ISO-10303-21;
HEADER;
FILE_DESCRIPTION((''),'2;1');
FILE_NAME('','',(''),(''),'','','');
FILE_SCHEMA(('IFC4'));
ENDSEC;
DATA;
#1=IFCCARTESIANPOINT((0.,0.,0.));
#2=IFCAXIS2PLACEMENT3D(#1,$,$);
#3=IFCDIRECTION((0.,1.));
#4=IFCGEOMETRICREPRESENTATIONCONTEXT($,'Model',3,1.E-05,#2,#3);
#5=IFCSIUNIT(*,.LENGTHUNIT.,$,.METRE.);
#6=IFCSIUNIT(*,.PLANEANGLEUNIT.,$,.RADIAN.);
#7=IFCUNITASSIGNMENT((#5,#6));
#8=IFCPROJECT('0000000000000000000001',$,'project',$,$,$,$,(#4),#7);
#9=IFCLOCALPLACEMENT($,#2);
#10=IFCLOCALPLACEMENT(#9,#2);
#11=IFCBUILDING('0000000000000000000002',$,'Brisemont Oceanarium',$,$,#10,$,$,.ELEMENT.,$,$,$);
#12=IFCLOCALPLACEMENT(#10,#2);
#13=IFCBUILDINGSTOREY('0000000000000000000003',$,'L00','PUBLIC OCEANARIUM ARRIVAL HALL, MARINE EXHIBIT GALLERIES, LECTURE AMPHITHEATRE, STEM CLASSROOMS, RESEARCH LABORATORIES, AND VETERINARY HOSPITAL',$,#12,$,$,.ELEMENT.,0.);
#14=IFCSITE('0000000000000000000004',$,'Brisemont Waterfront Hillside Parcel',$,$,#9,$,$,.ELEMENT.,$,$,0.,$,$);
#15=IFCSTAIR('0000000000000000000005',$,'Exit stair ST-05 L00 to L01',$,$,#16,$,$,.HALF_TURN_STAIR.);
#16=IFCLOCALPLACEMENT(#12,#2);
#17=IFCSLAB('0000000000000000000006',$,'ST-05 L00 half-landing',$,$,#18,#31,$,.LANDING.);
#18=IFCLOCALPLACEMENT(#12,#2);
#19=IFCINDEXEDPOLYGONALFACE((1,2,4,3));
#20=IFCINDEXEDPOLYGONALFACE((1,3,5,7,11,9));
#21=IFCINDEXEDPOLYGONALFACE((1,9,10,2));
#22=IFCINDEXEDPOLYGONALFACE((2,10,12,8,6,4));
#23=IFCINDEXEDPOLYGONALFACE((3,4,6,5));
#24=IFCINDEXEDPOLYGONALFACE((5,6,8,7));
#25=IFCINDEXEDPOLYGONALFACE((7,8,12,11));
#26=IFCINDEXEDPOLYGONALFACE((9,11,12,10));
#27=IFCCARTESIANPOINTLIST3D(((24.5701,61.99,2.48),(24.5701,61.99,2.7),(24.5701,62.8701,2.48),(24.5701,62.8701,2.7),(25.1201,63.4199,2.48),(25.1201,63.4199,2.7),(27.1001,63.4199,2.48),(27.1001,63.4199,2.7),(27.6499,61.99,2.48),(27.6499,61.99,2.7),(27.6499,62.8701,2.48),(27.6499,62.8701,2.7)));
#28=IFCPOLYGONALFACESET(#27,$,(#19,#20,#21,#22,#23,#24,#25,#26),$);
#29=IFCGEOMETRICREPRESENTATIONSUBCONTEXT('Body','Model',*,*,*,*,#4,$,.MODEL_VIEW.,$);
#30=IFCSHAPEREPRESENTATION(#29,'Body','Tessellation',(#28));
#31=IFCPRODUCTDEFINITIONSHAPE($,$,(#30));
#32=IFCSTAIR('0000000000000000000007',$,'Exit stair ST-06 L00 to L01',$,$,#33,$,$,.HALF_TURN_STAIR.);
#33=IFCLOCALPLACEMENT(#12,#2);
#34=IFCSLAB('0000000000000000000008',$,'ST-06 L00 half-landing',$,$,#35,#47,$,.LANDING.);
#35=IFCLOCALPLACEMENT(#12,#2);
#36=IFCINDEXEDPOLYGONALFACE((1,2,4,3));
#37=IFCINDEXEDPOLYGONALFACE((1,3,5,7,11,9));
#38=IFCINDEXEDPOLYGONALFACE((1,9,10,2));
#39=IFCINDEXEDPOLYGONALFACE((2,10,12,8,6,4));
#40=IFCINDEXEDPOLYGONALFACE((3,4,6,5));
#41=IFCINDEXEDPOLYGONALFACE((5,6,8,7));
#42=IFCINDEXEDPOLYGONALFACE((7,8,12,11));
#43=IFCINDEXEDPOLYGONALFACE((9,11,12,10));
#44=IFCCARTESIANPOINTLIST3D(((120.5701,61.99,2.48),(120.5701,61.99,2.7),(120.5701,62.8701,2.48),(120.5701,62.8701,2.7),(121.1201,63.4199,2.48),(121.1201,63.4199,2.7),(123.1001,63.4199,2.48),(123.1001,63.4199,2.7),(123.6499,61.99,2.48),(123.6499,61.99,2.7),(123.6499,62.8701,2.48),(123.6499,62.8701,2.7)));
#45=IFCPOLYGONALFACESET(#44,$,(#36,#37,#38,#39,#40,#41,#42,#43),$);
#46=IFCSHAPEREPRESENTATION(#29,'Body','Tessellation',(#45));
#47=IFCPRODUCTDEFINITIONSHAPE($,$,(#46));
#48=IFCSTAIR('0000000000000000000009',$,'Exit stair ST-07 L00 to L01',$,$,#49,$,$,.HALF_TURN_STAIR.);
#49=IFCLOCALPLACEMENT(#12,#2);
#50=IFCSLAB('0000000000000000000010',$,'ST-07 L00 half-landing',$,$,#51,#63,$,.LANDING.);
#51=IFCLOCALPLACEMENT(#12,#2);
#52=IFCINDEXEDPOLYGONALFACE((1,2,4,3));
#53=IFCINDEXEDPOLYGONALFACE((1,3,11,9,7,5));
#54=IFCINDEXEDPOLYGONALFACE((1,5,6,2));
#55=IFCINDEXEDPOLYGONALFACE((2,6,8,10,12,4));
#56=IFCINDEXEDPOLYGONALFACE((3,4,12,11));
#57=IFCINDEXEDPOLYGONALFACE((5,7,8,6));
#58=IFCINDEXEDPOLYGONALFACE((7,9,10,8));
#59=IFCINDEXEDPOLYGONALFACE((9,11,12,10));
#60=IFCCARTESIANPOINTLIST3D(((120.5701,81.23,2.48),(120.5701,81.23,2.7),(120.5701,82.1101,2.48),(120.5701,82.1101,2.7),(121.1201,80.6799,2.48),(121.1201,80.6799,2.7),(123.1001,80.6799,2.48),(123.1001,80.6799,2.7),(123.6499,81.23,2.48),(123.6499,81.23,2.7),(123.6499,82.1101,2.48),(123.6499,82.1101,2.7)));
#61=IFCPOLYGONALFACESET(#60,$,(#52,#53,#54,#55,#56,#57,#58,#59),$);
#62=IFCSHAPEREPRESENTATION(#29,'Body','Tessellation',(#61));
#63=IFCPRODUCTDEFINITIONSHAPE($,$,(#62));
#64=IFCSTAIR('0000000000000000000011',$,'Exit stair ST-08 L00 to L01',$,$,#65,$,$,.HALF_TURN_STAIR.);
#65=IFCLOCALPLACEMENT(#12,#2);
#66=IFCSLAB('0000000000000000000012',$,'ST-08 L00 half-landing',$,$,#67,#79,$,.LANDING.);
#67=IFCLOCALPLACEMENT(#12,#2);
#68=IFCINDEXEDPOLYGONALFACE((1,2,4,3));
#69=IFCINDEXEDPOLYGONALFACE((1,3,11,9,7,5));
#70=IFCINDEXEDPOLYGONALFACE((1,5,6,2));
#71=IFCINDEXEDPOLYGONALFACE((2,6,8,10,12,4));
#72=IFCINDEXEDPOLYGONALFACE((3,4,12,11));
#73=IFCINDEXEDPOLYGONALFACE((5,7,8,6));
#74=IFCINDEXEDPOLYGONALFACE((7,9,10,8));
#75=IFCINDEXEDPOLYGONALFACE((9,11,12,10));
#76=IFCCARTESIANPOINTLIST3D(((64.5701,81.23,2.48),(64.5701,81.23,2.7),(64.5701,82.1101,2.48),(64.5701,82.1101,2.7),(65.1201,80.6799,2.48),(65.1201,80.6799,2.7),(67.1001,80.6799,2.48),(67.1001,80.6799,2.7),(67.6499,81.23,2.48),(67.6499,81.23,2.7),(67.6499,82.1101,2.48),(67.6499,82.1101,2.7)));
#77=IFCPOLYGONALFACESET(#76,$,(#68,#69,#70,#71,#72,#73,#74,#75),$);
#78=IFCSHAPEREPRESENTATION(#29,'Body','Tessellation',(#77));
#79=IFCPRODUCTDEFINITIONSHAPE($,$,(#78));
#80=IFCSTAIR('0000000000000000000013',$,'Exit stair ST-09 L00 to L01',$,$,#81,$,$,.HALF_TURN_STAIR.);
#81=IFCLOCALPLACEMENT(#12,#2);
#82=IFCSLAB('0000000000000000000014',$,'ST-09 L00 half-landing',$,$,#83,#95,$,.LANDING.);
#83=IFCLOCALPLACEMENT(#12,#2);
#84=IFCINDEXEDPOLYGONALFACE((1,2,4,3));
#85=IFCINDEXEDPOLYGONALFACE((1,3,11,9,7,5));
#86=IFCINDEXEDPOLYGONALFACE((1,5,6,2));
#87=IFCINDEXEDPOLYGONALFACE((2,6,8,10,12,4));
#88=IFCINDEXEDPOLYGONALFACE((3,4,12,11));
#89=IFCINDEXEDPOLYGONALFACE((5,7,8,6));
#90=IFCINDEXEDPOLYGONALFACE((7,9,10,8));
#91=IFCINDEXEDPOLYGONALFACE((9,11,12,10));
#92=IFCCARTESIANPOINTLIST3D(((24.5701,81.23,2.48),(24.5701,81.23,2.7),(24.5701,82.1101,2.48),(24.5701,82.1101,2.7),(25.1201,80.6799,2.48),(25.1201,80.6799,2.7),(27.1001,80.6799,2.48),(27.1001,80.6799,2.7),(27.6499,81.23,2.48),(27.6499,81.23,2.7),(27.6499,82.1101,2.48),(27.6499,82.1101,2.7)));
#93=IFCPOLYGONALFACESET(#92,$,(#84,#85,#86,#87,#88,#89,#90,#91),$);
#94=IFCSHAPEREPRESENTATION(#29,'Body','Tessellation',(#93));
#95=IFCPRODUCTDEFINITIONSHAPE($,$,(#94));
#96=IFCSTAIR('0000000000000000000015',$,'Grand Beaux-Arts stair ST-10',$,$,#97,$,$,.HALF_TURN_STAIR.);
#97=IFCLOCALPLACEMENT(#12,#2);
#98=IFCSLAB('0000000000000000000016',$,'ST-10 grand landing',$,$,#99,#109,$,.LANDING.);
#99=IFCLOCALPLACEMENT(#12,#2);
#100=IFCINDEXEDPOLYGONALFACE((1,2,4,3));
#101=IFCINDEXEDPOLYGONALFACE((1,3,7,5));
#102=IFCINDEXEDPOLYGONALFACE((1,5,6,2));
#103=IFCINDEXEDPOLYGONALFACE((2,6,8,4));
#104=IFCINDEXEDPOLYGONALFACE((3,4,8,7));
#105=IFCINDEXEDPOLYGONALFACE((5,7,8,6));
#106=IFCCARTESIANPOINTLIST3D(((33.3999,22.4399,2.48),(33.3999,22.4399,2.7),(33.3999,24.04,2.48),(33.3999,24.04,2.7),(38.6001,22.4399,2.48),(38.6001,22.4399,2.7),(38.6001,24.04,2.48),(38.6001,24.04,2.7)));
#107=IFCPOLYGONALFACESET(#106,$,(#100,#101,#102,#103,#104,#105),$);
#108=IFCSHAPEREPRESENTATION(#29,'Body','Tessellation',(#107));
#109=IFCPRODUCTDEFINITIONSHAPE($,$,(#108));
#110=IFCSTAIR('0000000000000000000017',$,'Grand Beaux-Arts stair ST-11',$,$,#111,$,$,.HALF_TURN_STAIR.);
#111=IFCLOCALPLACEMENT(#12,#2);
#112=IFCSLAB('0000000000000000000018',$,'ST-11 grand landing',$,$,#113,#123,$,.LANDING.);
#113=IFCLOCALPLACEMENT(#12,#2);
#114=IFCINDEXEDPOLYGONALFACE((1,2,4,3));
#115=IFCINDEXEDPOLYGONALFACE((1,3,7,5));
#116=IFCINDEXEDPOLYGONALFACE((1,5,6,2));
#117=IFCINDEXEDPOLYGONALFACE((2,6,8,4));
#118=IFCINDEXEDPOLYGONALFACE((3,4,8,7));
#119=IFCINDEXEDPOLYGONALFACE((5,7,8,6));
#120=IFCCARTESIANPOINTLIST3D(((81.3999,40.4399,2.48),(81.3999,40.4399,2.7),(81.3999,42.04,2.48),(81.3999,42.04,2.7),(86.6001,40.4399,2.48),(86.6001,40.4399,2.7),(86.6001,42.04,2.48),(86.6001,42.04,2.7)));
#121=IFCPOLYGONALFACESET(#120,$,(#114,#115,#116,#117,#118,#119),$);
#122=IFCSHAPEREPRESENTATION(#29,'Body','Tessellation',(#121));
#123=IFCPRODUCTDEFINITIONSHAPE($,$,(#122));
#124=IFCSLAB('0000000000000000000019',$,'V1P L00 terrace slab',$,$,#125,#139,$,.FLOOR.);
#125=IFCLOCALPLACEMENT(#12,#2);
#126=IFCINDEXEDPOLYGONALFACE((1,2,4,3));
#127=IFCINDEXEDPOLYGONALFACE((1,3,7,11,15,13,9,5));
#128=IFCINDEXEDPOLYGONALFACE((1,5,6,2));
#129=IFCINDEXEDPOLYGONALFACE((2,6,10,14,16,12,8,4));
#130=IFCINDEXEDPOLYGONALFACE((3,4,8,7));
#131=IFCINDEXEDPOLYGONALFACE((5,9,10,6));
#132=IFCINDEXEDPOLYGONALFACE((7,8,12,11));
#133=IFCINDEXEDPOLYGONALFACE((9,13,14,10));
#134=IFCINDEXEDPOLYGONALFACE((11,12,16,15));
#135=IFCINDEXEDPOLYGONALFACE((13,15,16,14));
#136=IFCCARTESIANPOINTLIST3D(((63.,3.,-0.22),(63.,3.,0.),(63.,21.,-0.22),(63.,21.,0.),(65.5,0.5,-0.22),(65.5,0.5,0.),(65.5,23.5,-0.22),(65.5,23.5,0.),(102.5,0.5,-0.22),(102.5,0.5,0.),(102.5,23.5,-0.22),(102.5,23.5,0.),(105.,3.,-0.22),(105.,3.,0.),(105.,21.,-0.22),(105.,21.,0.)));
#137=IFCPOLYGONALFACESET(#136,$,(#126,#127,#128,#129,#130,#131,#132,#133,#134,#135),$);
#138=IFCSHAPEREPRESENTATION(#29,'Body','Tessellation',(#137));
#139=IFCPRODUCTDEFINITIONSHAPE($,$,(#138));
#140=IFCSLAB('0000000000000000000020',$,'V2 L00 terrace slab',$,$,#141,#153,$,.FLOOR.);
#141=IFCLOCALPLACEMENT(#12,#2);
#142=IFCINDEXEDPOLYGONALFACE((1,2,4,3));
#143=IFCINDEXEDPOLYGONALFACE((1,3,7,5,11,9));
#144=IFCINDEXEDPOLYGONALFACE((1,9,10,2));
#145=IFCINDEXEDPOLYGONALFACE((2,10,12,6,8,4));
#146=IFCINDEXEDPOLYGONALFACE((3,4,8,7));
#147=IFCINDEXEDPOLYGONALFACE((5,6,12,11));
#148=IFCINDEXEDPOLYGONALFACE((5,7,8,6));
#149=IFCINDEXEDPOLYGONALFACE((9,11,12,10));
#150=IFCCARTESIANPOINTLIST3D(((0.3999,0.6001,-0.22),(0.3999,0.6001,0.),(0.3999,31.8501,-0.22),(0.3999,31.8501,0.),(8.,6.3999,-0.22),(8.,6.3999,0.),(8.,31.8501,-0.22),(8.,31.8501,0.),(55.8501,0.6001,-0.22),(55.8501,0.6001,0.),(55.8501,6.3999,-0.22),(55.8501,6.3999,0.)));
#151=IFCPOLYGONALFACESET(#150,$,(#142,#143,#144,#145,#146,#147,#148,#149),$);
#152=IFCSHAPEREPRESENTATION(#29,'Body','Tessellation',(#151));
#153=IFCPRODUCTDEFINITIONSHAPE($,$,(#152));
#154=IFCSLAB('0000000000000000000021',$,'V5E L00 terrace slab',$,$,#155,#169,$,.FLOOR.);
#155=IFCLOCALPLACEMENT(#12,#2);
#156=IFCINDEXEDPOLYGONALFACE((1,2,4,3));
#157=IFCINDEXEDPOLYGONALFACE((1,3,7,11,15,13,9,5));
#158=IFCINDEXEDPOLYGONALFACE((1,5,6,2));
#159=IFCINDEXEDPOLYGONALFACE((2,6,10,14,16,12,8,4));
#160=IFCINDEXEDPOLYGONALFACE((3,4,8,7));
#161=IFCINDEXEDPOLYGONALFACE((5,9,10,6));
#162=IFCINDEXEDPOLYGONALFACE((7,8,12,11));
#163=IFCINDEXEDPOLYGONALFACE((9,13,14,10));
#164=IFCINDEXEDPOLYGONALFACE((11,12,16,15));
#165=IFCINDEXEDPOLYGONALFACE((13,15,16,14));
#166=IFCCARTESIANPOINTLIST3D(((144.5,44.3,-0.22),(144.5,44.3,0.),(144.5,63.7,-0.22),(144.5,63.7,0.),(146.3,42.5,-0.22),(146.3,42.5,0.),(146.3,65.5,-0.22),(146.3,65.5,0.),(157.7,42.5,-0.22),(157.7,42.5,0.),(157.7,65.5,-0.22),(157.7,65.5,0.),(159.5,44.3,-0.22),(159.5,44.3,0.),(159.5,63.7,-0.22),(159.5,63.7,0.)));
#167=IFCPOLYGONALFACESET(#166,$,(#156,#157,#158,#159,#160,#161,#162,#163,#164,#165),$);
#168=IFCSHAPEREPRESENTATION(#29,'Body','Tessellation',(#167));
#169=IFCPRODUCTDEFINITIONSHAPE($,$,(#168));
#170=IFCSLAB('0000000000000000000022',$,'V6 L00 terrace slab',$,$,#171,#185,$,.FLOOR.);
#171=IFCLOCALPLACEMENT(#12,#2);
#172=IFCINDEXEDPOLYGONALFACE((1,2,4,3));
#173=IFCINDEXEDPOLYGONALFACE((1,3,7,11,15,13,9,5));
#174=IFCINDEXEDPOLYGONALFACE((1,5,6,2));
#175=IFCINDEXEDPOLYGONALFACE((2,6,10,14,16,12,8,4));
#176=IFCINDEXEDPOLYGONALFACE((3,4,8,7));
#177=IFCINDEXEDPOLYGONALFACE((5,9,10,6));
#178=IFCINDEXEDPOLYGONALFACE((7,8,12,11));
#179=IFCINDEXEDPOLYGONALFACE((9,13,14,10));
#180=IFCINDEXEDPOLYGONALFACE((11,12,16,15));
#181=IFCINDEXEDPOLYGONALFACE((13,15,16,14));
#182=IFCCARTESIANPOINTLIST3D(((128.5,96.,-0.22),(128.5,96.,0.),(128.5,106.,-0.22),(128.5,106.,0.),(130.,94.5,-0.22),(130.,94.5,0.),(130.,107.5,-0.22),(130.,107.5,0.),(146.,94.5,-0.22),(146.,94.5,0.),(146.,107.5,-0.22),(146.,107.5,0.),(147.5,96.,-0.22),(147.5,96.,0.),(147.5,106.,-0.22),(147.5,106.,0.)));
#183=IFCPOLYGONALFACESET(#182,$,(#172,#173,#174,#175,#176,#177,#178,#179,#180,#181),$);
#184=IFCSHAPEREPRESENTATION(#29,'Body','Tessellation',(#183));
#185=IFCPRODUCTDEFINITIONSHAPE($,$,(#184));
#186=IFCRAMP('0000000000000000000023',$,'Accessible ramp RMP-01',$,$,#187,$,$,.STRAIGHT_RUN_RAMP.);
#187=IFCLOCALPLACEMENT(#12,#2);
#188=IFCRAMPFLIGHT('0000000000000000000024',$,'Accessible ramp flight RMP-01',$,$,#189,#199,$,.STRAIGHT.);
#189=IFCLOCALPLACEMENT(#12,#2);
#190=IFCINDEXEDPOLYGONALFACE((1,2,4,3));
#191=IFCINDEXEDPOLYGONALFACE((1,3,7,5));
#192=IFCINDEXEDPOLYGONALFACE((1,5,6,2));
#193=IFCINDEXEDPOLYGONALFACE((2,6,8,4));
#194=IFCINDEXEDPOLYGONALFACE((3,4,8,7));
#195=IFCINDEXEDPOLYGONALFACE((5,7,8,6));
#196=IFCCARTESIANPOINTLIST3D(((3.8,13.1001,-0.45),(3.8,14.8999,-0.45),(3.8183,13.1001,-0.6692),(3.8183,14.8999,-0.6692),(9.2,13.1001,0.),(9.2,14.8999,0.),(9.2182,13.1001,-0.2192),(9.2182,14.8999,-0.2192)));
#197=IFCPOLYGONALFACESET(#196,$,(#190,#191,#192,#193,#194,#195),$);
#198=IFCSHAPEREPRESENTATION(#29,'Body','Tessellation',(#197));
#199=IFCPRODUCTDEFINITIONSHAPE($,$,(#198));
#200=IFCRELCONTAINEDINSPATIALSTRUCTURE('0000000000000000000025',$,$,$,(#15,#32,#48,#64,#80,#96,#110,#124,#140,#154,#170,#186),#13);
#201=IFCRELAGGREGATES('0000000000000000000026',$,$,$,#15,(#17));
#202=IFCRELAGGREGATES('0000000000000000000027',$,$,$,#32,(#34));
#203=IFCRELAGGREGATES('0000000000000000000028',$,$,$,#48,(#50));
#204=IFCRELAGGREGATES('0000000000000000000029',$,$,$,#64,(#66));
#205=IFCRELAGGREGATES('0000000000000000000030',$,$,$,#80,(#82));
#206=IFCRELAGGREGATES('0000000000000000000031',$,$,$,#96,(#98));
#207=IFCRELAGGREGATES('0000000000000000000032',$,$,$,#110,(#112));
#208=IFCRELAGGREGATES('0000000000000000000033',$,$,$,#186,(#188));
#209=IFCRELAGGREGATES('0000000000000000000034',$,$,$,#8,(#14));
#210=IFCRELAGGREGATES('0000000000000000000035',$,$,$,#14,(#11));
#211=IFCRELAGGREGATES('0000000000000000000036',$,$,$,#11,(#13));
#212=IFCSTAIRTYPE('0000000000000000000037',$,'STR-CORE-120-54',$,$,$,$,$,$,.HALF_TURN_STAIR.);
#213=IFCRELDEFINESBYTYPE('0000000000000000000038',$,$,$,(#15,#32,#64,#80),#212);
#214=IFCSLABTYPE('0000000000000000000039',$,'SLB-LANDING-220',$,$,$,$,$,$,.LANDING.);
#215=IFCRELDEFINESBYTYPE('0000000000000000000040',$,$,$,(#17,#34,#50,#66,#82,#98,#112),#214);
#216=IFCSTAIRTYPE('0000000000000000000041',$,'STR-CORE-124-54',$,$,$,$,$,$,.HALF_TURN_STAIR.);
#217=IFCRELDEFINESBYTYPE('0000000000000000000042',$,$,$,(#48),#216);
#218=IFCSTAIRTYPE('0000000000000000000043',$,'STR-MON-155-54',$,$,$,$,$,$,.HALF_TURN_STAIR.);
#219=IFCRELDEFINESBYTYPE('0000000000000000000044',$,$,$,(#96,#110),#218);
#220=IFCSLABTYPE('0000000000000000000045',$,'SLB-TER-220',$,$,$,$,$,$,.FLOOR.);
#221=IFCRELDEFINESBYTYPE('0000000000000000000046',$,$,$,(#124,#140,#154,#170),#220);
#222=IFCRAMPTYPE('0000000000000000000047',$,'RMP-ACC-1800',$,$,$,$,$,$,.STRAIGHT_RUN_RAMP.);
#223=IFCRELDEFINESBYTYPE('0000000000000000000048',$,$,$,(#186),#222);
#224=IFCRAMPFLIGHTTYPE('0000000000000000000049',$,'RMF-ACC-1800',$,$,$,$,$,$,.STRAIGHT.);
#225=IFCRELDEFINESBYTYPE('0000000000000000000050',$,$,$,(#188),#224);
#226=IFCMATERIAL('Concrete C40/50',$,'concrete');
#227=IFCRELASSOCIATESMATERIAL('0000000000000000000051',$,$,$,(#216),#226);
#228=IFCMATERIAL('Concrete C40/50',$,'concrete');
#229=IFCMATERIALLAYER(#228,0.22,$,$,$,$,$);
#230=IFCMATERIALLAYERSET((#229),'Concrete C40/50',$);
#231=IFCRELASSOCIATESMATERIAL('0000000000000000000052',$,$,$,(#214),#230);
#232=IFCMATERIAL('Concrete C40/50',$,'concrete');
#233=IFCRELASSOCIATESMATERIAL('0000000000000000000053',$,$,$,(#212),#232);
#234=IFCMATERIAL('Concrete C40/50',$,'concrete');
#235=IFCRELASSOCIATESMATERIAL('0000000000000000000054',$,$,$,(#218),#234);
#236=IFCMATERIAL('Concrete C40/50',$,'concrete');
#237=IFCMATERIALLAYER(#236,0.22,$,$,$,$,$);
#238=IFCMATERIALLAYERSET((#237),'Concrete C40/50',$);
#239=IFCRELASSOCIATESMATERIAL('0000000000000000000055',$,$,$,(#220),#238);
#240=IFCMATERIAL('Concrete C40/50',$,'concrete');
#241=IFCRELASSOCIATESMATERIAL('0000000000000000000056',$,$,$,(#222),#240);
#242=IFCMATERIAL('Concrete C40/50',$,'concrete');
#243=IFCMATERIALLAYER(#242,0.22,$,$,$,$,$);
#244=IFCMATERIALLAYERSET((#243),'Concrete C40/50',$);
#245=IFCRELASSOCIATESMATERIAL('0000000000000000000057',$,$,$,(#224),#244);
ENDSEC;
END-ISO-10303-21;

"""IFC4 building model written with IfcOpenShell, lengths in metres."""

from ifc_helpers import new_model, si_unit, direction, frame, origin, place, context, subcontext, project, spatial, polyline, outline, extrude, material, layer, layer_set, type_object, element, aggregate, save


model = new_model("IFC4")

# Units and contexts
model_context = context("Model", 3, precision=1e-05, world=origin(), true_north=direction((0.0, 1.0)))
body_context = subcontext(model_context, "Body", "Model", "MODEL_VIEW")
ifc_project = project(units=[si_unit("LENGTHUNIT", "METRE"), si_unit("PLANEANGLEUNIT", "RADIAN")], contexts=[model_context])

# Site, building, storey
site_placement = place(None, origin())
site = spatial("IfcSite", under=ifc_project, at=site_placement, Name="Brisemont Waterfront Hillside Parcel", CompositionType="ELEMENT", RefElevation=0.0)
building_placement = place(site_placement, origin())
building = spatial("IfcBuilding", under=site, at=building_placement, Name="Brisemont Oceanarium", CompositionType="ELEMENT")
storey_placement = place(building_placement, origin())
storey = spatial("IfcBuildingStorey", under=building, at=storey_placement, Name="L00", Description="PUBLIC OCEANARIUM ARRIVAL HALL, MARINE EXHIBIT GALLERIES, LECTURE AMPHITHEATRE, STEM CLASSROOMS, RESEARCH LABORATORIES, AND VETERINARY HOSPITAL", CompositionType="ELEMENT", Elevation=0.0)

# Stairs, slabs
ifc_material_1 = material(Name="Concrete C40/50", Category="concrete")
stair_type_1 = type_object("IfcStairType", Name="STR-CORE-124-54", PredefinedType="HALF_TURN_STAIR", material=ifc_material_1)
ifc_material_2 = material(Name="Concrete C40/50", Category="concrete")
ifc_layer_1 = layer(ifc_material_2, 0.22)
ifc_layer_set_1 = layer_set([ifc_layer_1], Name="Concrete C40/50")
slab_type_1 = type_object("IfcSlabType", Name="SLB-LANDING-220", PredefinedType="LANDING", material=ifc_layer_set_1)
ifc_material_3 = material(Name="Concrete C40/50", Category="concrete")
stair_type_2 = type_object("IfcStairType", Name="STR-CORE-120-54", PredefinedType="HALF_TURN_STAIR", material=ifc_material_3)
stair_1_placement = place(storey_placement, origin())
stair_1 = element("IfcStair", 1, at=stair_1_placement, inside=storey, type_object=stair_type_2, Name="Exit stair ST-05 L00 to L01", PredefinedType="HALF_TURN_STAIR")
slab_1_placement = place(storey_placement, frame((0.0, 0.0, 2.48)))
slab_1 = element("IfcSlab", 2, at=slab_1_placement, type_object=slab_type_1, Name="ST-05 L00 half-landing", PredefinedType="LANDING", context=body_context, shape_type="SweptSolid", body=[
    extrude(outline(polyline([(24.5701, 61.99), (27.6499, 61.99), (27.6499, 62.8701), (27.1001, 63.4199), (25.1201, 63.4199), (24.5701, 62.8701), (24.5701, 61.99)])), origin(), (0.0, 0.0, 1.0), 0.22),
])
aggregate(stair_1, [slab_1])
stair_2_placement = place(storey_placement, origin())
stair_2 = element("IfcStair", 3, at=stair_2_placement, inside=storey, type_object=stair_type_2, Name="Exit stair ST-06 L00 to L01", PredefinedType="HALF_TURN_STAIR")
slab_2_placement = place(storey_placement, frame((0.0, 0.0, 2.48)))
slab_2 = element("IfcSlab", 4, at=slab_2_placement, type_object=slab_type_1, Name="ST-06 L00 half-landing", PredefinedType="LANDING", context=body_context, shape_type="SweptSolid", body=[
    extrude(outline(polyline([(120.5701, 61.99), (123.6499, 61.99), (123.6499, 62.8701), (123.1001, 63.4199), (121.1201, 63.4199), (120.5701, 62.8701), (120.5701, 61.99)])), origin(), (0.0, 0.0, 1.0), 0.22),
])
aggregate(stair_2, [slab_2])
stair_3_placement = place(storey_placement, origin())
stair_3 = element("IfcStair", 5, at=stair_3_placement, inside=storey, type_object=stair_type_1, Name="Exit stair ST-07 L00 to L01", PredefinedType="HALF_TURN_STAIR")
slab_3_placement = place(storey_placement, frame((0.0, 0.0, 2.48)))
slab_3 = element("IfcSlab", 6, at=slab_3_placement, type_object=slab_type_1, Name="ST-07 L00 half-landing", PredefinedType="LANDING", context=body_context, shape_type="SweptSolid", body=[
    extrude(outline(polyline([(121.1201, 80.6799), (123.1001, 80.6799), (123.6499, 81.23), (123.6499, 82.1101), (120.5701, 82.1101), (120.5701, 81.23), (121.1201, 80.6799)])), origin(), (0.0, 0.0, 1.0), 0.22),
])
aggregate(stair_3, [slab_3])
stair_4_placement = place(storey_placement, origin())
stair_4 = element("IfcStair", 7, at=stair_4_placement, inside=storey, type_object=stair_type_2, Name="Exit stair ST-08 L00 to L01", PredefinedType="HALF_TURN_STAIR")
slab_4_placement = place(storey_placement, frame((0.0, 0.0, 2.48)))
slab_4 = element("IfcSlab", 8, at=slab_4_placement, type_object=slab_type_1, Name="ST-08 L00 half-landing", PredefinedType="LANDING", context=body_context, shape_type="SweptSolid", body=[
    extrude(outline(polyline([(65.1201, 80.6799), (67.1001, 80.6799), (67.6499, 81.23), (67.6499, 82.1101), (64.5701, 82.1101), (64.5701, 81.23), (65.1201, 80.6799)])), origin(), (0.0, 0.0, 1.0), 0.22),
])
aggregate(stair_4, [slab_4])
stair_5_placement = place(storey_placement, origin())
stair_5 = element("IfcStair", 9, at=stair_5_placement, inside=storey, type_object=stair_type_2, Name="Exit stair ST-09 L00 to L01", PredefinedType="HALF_TURN_STAIR")
slab_5_placement = place(storey_placement, frame((0.0, 0.0, 2.48)))
slab_5 = element("IfcSlab", 10, at=slab_5_placement, type_object=slab_type_1, Name="ST-09 L00 half-landing", PredefinedType="LANDING", context=body_context, shape_type="SweptSolid", body=[
    extrude(outline(polyline([(25.1201, 80.6799), (27.1001, 80.6799), (27.6499, 81.23), (27.6499, 82.1101), (24.5701, 82.1101), (24.5701, 81.23), (25.1201, 80.6799)])), origin(), (0.0, 0.0, 1.0), 0.22),
])
aggregate(stair_5, [slab_5])
ifc_material_4 = material(Name="Concrete C40/50", Category="concrete")
stair_type_3 = type_object("IfcStairType", Name="STR-MON-155-54", PredefinedType="HALF_TURN_STAIR", material=ifc_material_4)
stair_6_placement = place(storey_placement, origin())
stair_6 = element("IfcStair", 11, at=stair_6_placement, inside=storey, type_object=stair_type_3, Name="Grand Beaux-Arts stair ST-10", PredefinedType="HALF_TURN_STAIR")
slab_6_placement = place(storey_placement, frame((0.0, 0.0, 2.48)))
slab_6 = element("IfcSlab", 12, at=slab_6_placement, type_object=slab_type_1, Name="ST-10 grand landing", PredefinedType="LANDING", context=body_context, shape_type="SweptSolid", body=[
    extrude(outline(polyline([(33.3999, 22.4399), (38.6001, 22.4399), (38.6001, 24.04), (33.3999, 24.04), (33.3999, 22.4399)])), origin(), (0.0, 0.0, 1.0), 0.22),
])
aggregate(stair_6, [slab_6])
stair_7_placement = place(storey_placement, origin())
stair_7 = element("IfcStair", 13, at=stair_7_placement, inside=storey, type_object=stair_type_3, Name="Grand Beaux-Arts stair ST-11", PredefinedType="HALF_TURN_STAIR")
slab_7_placement = place(storey_placement, frame((0.0, 0.0, 2.48)))
slab_7 = element("IfcSlab", 14, at=slab_7_placement, type_object=slab_type_1, Name="ST-11 grand landing", PredefinedType="LANDING", context=body_context, shape_type="SweptSolid", body=[
    extrude(outline(polyline([(81.3999, 40.4399), (86.6001, 40.4399), (86.6001, 42.04), (81.3999, 42.04), (81.3999, 40.4399)])), origin(), (0.0, 0.0, 1.0), 0.22),
])
aggregate(stair_7, [slab_7])

# Slabs
ifc_material_5 = material(Name="Concrete C40/50", Category="concrete")
ifc_layer_2 = layer(ifc_material_5, 0.22)
ifc_layer_set_2 = layer_set([ifc_layer_2], Name="Concrete C40/50")
slab_type_2 = type_object("IfcSlabType", Name="SLB-TER-220", PredefinedType="FLOOR", material=ifc_layer_set_2)
slab_8_placement = place(storey_placement, frame((0.0, 0.0, -0.22)))
element("IfcSlab", 15, at=slab_8_placement, inside=storey, type_object=slab_type_2, Name="V1P L00 terrace slab", PredefinedType="FLOOR", context=body_context, shape_type="SweptSolid", body=[
    extrude(outline(polyline([(65.5, 0.5), (102.5, 0.5), (105.0, 3.0), (105.0, 21.0), (102.5, 23.5), (65.5, 23.5), (63.0, 21.0), (63.0, 3.0), (65.5, 0.5)])), origin(), (0.0, 0.0, 1.0), 0.22),
])
slab_9_placement = place(storey_placement, frame((0.0, 0.0, -0.22)))
element("IfcSlab", 16, at=slab_9_placement, inside=storey, type_object=slab_type_2, Name="V2 L00 terrace slab", PredefinedType="FLOOR", context=body_context, shape_type="SweptSolid", body=[
    extrude(outline(polyline([(0.3999, 0.6001), (55.8501, 0.6001), (55.8501, 6.3999), (8.0, 6.3999), (8.0, 31.8501), (0.3999, 31.8501), (0.3999, 0.6001)])), origin(), (0.0, 0.0, 1.0), 0.22),
])
slab_10_placement = place(storey_placement, frame((0.0, 0.0, -0.22)))
element("IfcSlab", 17, at=slab_10_placement, inside=storey, type_object=slab_type_2, Name="V5E L00 terrace slab", PredefinedType="FLOOR", context=body_context, shape_type="SweptSolid", body=[
    extrude(outline(polyline([(146.3, 42.5), (157.7, 42.5), (159.5, 44.3), (159.5, 63.7), (157.7, 65.5), (146.3, 65.5), (144.5, 63.7), (144.5, 44.3), (146.3, 42.5)])), origin(), (0.0, 0.0, 1.0), 0.22),
])
slab_11_placement = place(storey_placement, frame((0.0, 0.0, -0.22)))
element("IfcSlab", 18, at=slab_11_placement, inside=storey, type_object=slab_type_2, Name="V6 L00 terrace slab", PredefinedType="FLOOR", context=body_context, shape_type="SweptSolid", body=[
    extrude(outline(polyline([(130.0, 94.5), (146.0, 94.5), (147.5, 96.0), (147.5, 106.0), (146.0, 107.5), (130.0, 107.5), (128.5, 106.0), (128.5, 96.0), (130.0, 94.5)])), origin(), (0.0, 0.0, 1.0), 0.22),
])

# Ramp, ramp flight
ifc_material_6 = material(Name="Concrete C40/50", Category="concrete")
ramp_type = type_object("IfcRampType", Name="RMP-ACC-1800", PredefinedType="STRAIGHT_RUN_RAMP", material=ifc_material_6)
ramp_placement = place(storey_placement, origin())
ramp = element("IfcRamp", 19, at=ramp_placement, inside=storey, type_object=ramp_type, Name="Accessible ramp RMP-01", PredefinedType="STRAIGHT_RUN_RAMP")
ifc_material_7 = material(Name="Concrete C40/50", Category="concrete")
ifc_layer_3 = layer(ifc_material_7, 0.22)
ifc_layer_set_3 = layer_set([ifc_layer_3], Name="Concrete C40/50")
ramp_flight_type = type_object("IfcRampFlightType", Name="RMF-ACC-1800", PredefinedType="STRAIGHT", material=ifc_layer_set_3)
ramp_flight_placement = place(storey_placement, frame((3.8, 13.1001, -0.45), z_axis=(-0.083038, 0.0, 0.996546), x_axis=(0.996546, 0.0, 0.083038)))
ramp_flight = element("IfcRampFlight", 20, at=ramp_flight_placement, type_object=ramp_flight_type, Name="Accessible ramp flight RMP-01", PredefinedType="STRAIGHT", context=body_context, shape_type="SweptSolid", body=[
    extrude(outline(polyline([(0.0, 0.0), (5.4186, 0.0), (5.4186, 1.7998), (0.0, 1.7998), (0.0, 0.0)])), origin(), (0.0, 0.0, -1.0), 0.22),
])
aggregate(ramp, [ramp_flight])

save(model, "model.ifc")
